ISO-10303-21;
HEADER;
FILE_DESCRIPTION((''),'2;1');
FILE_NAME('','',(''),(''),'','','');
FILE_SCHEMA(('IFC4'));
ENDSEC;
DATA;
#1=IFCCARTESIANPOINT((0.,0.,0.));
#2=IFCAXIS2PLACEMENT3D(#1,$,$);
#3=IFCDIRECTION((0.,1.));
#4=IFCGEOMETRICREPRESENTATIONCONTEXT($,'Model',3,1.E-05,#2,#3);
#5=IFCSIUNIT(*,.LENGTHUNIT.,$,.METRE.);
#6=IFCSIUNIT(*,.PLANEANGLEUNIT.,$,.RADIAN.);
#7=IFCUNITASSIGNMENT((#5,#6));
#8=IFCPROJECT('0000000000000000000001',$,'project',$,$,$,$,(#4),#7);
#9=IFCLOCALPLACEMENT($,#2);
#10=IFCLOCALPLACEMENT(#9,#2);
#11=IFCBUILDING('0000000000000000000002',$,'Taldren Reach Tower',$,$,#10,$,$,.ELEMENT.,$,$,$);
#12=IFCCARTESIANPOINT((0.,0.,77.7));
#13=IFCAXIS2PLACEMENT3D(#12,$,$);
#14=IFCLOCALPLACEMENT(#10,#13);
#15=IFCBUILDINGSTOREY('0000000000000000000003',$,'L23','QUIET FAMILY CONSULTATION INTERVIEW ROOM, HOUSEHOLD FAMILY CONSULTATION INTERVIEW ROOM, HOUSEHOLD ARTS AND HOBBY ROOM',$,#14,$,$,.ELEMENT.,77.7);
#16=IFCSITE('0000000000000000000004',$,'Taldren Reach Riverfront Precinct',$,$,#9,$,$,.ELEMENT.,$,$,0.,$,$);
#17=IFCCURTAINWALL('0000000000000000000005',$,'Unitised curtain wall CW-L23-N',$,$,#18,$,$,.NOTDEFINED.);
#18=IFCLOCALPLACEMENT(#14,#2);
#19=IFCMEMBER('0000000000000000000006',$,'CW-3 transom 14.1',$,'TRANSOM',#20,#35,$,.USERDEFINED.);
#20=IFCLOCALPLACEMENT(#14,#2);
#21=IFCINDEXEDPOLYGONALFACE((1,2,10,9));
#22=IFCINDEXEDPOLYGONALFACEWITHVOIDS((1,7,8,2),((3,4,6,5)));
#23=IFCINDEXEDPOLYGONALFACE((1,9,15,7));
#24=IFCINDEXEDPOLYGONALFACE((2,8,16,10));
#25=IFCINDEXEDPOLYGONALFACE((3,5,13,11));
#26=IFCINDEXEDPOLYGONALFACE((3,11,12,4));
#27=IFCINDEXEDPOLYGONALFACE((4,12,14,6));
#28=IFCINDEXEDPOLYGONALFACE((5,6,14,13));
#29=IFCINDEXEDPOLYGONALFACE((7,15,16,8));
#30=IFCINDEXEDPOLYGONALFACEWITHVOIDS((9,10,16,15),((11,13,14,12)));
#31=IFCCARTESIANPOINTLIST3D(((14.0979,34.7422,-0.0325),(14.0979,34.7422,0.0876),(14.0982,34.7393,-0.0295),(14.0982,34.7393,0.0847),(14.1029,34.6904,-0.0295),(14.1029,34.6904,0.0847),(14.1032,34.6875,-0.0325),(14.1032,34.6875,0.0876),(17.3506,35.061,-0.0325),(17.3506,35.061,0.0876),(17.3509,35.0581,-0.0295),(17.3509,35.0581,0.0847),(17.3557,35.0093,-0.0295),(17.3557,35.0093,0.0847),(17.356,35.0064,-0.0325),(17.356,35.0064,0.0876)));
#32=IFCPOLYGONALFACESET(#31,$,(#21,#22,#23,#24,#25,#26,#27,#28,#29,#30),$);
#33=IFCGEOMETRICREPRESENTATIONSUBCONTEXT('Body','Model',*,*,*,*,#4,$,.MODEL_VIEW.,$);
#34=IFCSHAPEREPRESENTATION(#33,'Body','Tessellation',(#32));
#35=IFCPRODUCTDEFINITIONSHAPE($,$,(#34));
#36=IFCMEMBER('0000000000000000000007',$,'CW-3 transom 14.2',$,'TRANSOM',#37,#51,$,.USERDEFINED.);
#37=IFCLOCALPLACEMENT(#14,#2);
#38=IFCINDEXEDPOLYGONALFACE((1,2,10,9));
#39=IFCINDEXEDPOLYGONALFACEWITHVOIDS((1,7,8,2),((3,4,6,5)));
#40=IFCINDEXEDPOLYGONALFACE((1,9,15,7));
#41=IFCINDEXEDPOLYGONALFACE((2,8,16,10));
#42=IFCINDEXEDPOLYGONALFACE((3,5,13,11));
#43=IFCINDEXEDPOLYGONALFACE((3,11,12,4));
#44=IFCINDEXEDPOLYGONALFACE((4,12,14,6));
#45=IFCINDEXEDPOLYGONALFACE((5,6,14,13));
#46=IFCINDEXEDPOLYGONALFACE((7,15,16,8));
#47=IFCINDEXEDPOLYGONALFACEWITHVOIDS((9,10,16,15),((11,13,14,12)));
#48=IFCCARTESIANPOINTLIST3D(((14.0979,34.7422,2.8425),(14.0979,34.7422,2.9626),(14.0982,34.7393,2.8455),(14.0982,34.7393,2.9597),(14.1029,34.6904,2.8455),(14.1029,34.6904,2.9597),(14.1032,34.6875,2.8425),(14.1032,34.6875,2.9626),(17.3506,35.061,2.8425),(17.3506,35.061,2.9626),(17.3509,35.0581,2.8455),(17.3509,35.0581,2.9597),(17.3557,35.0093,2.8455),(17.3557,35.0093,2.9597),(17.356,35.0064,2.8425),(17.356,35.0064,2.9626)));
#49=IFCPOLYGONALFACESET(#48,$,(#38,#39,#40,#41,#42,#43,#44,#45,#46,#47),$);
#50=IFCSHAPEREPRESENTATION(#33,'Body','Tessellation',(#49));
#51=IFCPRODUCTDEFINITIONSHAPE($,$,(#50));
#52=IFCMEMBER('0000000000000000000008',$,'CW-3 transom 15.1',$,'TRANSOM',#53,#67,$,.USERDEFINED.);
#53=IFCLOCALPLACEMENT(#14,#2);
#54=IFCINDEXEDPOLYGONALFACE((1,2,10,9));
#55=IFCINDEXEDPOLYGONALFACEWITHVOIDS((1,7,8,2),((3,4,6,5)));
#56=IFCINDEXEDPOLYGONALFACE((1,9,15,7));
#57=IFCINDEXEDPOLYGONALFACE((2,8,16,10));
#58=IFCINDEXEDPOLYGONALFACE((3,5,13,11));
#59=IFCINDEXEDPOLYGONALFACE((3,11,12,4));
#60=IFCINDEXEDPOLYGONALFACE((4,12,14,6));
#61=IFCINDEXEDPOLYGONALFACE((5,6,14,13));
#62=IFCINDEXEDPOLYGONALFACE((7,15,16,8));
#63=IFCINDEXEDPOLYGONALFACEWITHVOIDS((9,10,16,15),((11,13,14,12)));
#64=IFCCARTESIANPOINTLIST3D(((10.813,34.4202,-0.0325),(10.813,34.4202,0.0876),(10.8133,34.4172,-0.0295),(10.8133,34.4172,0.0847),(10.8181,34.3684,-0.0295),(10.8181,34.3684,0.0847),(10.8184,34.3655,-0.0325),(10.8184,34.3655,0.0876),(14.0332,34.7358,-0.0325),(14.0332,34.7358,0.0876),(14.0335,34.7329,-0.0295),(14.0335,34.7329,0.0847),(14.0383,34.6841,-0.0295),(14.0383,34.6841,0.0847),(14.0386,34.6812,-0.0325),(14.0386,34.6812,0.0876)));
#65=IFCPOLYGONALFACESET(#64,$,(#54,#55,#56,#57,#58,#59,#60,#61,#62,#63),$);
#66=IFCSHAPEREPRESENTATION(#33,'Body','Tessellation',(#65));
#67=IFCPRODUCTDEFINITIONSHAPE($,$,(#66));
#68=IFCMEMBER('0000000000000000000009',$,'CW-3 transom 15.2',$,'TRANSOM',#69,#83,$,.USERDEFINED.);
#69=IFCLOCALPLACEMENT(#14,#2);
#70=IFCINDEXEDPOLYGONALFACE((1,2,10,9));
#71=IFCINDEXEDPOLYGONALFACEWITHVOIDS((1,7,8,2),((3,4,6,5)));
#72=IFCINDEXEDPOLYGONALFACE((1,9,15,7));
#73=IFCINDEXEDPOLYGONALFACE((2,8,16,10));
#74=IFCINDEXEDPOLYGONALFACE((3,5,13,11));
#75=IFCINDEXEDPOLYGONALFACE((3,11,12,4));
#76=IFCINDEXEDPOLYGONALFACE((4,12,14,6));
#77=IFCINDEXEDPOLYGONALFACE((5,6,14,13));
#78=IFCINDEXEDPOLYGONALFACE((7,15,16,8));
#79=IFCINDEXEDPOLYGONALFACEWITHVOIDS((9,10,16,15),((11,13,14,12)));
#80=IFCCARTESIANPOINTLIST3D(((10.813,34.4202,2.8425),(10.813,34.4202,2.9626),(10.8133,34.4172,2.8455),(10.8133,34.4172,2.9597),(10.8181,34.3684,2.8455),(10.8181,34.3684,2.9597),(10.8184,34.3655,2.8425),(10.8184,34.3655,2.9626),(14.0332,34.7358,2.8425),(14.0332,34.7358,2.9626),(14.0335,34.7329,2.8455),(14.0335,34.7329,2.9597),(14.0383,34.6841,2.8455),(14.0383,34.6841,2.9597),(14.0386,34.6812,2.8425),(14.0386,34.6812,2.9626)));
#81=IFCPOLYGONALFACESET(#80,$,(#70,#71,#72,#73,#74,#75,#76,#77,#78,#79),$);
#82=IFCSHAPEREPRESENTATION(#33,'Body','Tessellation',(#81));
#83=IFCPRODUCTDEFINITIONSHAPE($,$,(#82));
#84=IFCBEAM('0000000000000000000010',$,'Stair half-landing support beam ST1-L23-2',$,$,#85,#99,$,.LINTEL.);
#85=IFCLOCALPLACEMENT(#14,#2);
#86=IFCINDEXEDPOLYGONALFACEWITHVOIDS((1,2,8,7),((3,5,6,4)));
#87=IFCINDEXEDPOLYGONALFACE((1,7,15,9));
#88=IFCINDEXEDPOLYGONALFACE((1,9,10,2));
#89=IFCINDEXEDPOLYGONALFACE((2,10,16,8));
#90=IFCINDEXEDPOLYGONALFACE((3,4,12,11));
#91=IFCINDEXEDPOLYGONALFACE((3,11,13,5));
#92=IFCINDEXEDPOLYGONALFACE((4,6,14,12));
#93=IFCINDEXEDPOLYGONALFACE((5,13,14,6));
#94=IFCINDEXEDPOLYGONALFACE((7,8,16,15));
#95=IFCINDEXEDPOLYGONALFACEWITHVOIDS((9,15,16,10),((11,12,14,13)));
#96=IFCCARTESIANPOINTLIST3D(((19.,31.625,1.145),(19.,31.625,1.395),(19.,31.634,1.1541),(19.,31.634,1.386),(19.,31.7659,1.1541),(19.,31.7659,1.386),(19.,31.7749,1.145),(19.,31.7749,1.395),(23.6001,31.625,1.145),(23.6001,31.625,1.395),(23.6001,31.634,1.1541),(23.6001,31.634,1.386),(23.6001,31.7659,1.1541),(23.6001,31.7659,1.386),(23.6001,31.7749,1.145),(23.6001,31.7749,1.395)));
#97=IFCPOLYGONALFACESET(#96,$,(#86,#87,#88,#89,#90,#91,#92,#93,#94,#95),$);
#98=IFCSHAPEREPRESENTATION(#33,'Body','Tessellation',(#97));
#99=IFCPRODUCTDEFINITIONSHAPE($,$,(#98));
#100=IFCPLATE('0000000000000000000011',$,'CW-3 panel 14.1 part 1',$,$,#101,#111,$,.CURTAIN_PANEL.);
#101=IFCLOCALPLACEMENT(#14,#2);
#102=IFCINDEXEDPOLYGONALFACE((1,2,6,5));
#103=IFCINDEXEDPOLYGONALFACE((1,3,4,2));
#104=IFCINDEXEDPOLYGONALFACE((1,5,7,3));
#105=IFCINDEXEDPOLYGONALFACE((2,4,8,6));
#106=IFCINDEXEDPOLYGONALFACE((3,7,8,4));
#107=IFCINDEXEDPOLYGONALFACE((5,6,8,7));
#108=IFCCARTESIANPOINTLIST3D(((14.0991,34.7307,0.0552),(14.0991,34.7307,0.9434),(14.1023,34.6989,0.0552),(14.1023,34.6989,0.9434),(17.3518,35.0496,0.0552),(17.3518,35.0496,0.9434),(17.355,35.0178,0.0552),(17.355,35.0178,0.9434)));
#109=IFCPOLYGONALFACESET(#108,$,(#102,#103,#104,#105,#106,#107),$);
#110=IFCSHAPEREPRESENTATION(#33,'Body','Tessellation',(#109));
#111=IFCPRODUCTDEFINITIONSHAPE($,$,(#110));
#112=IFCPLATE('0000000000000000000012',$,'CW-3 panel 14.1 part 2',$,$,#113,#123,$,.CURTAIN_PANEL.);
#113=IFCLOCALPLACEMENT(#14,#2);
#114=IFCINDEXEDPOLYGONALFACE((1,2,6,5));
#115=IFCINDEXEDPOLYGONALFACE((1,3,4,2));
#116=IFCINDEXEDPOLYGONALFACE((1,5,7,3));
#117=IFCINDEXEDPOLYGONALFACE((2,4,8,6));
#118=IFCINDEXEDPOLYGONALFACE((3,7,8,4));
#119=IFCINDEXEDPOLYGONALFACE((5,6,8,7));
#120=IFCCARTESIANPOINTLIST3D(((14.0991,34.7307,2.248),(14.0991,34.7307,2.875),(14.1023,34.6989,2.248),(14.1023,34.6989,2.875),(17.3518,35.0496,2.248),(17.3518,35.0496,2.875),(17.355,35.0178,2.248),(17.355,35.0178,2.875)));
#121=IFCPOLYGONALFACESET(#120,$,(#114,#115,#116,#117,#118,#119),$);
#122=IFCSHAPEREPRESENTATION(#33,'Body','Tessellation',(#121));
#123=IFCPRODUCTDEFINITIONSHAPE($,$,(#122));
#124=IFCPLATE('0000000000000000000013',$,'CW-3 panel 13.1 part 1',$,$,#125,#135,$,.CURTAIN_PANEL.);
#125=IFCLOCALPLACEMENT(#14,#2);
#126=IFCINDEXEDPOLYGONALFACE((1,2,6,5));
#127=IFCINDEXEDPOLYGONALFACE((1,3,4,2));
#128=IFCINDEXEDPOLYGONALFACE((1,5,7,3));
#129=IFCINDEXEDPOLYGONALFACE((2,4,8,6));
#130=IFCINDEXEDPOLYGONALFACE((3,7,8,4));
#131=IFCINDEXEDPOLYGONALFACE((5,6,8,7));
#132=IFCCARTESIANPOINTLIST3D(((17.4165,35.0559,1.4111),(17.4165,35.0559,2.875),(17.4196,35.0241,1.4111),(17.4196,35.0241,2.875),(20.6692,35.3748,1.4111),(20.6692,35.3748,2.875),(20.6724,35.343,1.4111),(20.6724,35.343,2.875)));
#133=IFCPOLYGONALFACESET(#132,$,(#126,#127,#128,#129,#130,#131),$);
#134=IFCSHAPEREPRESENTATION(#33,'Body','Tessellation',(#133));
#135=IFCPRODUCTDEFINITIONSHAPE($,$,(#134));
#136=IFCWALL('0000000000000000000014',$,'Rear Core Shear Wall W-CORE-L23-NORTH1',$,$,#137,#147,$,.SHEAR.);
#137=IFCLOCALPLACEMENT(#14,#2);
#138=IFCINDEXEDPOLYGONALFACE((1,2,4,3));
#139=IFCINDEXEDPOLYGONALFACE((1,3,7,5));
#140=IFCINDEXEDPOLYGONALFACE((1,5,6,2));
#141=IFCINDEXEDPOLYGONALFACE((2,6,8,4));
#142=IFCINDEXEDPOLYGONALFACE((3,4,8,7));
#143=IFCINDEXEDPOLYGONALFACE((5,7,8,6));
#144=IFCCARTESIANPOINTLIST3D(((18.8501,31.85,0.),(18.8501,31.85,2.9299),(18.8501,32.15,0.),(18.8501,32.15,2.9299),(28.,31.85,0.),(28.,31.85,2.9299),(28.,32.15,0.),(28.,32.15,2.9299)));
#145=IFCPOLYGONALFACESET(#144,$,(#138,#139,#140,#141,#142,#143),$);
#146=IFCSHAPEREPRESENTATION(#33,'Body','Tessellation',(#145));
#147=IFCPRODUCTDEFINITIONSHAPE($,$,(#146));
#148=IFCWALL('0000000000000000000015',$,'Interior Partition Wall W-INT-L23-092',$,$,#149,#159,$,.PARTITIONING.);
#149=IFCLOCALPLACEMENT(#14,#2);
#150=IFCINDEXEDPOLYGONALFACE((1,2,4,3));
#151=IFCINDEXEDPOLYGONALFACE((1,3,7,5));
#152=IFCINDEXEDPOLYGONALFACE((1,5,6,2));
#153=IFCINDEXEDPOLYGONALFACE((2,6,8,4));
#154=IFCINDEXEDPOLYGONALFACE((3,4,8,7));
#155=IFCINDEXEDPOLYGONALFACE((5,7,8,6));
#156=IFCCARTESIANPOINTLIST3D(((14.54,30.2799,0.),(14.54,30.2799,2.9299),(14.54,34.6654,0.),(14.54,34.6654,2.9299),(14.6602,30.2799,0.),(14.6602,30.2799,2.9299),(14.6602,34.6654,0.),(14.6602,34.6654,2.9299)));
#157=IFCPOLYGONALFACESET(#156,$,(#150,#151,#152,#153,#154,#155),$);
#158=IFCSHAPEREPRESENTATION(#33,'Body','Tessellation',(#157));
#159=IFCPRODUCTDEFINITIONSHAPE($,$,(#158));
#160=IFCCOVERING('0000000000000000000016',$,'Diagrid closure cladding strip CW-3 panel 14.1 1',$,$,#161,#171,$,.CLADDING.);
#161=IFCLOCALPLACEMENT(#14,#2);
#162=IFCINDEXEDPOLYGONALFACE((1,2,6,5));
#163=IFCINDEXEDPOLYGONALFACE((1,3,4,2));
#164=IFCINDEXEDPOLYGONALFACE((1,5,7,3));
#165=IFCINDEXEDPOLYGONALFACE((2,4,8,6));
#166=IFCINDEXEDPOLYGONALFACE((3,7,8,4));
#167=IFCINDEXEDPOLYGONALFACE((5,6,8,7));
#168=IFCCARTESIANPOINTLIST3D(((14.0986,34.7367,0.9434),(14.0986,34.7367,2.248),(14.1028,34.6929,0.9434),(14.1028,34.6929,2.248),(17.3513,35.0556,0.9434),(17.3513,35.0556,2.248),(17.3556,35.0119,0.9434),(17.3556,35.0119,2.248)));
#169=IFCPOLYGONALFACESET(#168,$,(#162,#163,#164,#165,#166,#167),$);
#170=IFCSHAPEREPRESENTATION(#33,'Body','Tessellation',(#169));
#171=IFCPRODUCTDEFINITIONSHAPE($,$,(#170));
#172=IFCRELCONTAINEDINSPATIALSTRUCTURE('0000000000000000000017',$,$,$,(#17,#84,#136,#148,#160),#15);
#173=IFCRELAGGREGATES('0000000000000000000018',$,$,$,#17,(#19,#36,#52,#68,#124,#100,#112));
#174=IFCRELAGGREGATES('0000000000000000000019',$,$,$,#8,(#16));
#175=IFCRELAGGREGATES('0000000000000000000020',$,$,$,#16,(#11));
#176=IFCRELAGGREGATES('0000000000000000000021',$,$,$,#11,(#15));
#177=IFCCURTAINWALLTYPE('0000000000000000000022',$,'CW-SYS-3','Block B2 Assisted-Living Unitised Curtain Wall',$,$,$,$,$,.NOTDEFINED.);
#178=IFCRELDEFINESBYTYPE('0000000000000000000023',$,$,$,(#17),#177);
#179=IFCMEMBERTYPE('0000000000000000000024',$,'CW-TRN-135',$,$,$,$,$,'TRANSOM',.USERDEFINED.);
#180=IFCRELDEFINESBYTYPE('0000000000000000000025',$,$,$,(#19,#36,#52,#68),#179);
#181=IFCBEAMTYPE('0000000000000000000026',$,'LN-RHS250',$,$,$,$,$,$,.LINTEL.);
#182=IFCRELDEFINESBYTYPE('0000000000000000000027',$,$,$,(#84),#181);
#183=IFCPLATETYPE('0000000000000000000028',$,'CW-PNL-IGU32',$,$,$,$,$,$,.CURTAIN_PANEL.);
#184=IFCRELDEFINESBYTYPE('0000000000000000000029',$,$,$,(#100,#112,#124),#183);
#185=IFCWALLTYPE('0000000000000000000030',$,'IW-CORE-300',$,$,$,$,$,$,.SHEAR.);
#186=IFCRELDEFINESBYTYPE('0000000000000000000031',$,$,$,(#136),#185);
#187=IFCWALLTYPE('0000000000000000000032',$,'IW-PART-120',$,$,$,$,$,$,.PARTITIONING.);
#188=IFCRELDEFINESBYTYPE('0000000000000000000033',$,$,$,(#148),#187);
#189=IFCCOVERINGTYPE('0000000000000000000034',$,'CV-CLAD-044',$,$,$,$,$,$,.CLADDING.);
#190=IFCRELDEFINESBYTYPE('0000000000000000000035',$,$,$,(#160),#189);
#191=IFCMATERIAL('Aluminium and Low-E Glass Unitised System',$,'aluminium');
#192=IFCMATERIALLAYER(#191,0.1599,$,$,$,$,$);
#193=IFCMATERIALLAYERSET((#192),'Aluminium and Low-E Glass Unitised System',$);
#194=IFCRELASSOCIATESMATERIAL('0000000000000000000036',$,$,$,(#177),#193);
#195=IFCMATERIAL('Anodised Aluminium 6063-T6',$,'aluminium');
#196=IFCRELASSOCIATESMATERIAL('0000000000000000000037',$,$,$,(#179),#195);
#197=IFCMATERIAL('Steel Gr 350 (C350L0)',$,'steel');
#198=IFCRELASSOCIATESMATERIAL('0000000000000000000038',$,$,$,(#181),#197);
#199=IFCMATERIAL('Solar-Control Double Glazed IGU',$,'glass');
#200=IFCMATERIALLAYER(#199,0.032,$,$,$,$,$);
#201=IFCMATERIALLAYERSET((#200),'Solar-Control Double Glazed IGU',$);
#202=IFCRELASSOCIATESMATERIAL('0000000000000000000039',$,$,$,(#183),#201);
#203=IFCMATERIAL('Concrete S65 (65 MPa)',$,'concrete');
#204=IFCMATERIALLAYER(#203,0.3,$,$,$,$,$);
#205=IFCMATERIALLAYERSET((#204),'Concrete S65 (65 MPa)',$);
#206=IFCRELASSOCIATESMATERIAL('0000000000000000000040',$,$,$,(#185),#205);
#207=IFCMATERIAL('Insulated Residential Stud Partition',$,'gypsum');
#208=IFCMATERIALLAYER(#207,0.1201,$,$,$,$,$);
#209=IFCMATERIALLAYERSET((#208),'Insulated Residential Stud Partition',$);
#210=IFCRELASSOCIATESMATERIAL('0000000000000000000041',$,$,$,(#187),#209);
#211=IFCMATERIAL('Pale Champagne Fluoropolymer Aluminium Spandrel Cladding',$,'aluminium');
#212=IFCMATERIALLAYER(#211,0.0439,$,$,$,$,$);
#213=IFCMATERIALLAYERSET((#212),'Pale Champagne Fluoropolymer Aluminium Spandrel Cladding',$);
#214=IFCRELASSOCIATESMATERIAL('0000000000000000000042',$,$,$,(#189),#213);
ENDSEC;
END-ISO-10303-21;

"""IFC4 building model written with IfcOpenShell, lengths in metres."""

from ifc_helpers import new_model, si_unit, direction, frame, frame_2d, origin, origin_2d, place, context, subcontext, project, spatial, rectangle, hollow_rectangle, extrude, source, transform, mapped, material, layer, layer_set, material_profile, profile_set, type_object, element, aggregate, save


model = new_model("IFC4")

# Units and contexts
model_context = context("Model", 3, precision=1e-05, world=origin(), true_north=direction((0.0, 1.0)))
body_context = subcontext(model_context, "Body", "Model", "MODEL_VIEW")
ifc_project = project(units=[si_unit("LENGTHUNIT", "METRE"), si_unit("PLANEANGLEUNIT", "RADIAN")], contexts=[model_context])

# Site, building, storey
site_placement = place(None, origin())
site = spatial("IfcSite", under=ifc_project, at=site_placement, Name="Taldren Reach Riverfront Precinct", CompositionType="ELEMENT", RefElevation=0.0)
building_placement = place(site_placement, origin())
building = spatial("IfcBuilding", under=site, at=building_placement, Name="Taldren Reach Tower", CompositionType="ELEMENT")
storey_placement = place(building_placement, frame((0.0, 0.0, 77.7)))
storey = spatial("IfcBuildingStorey", under=building, at=storey_placement, Name="L23", Description="QUIET FAMILY CONSULTATION INTERVIEW ROOM, HOUSEHOLD FAMILY CONSULTATION INTERVIEW ROOM, HOUSEHOLD ARTS AND HOBBY ROOM", CompositionType="ELEMENT", Elevation=77.7)

# Shared definitions
ifc_material_1 = material(Name="Concrete S65 (65 MPa)", Category="concrete")

# Curtain wall, members
ifc_material_2 = material(Name="Aluminium and Low-E Glass Unitised System", Category="aluminium")
ifc_layer_1 = layer(ifc_material_2, 0.1599)
ifc_layer_set_1 = layer_set([ifc_layer_1], Name="Aluminium and Low-E Glass Unitised System")
curtain_wall_type = type_object("IfcCurtainWallType", Name="CW-SYS-3", Description="Block B2 Assisted-Living Unitised Curtain Wall", PredefinedType="NOTDEFINED", material=ifc_layer_set_1)
curtain_wall_placement = place(storey_placement, origin())
curtain_wall = element("IfcCurtainWall", 1, at=curtain_wall_placement, inside=storey, type_object=curtain_wall_type, Name="Unitised curtain wall CW-L23-N", PredefinedType="NOTDEFINED")
ifc_material_3 = material(Name="Anodised Aluminium 6063-T6", Category="aluminium")
ifc_material_profile_1 = material_profile(ifc_material_3, hollow_rectangle(XDim=0.0549, YDim=0.1201, WallThickness=0.0029, at=origin_2d()), Name="ALU-120x55x3RHS")
ifc_profile_set_1 = profile_set([ifc_material_profile_1], Name="Anodised Aluminium 6063-T6")
member_type_1 = type_object("IfcMemberType", Name="CW-TRN-135", ElementType="TRANSOM", PredefinedType="USERDEFINED", material=ifc_profile_set_1)
shared_shape_1 = source(origin(), body_context, "Body", "SweptSolid", [
    extrude(hollow_rectangle(XDim=0.0549, YDim=0.1201, WallThickness=0.0029, at=origin_2d()), origin(), (0.0, 0.0, 1.0), 3.2683),
])
member_1_placement = place(storey_placement, frame((17.3533, 35.0337, 0.0276), z_axis=(-0.99523, -0.097558, 0.0), x_axis=(0.097558, -0.99523, 0.0)))
member_1 = element("IfcMember", 2, at=member_1_placement, type_object=member_type_1, Name="CW-3 transom 14.1", ObjectType="TRANSOM", PredefinedType="USERDEFINED", context=body_context, shape_type="MappedRepresentation", body=[
    mapped(shared_shape_1, transform((0.0, 0.0, 0.0), scale=1.0)),
])
member_2_placement = place(storey_placement, frame((17.3533, 35.0337, 2.9026), z_axis=(-0.99523, -0.097558, 0.0), x_axis=(0.097558, -0.99523, 0.0)))
member_2 = element("IfcMember", 3, at=member_2_placement, type_object=member_type_1, Name="CW-3 transom 14.2", ObjectType="TRANSOM", PredefinedType="USERDEFINED", context=body_context, shape_type="MappedRepresentation", body=[
    mapped(shared_shape_1, transform((0.0, 0.0, 0.0), scale=1.0)),
])
shared_shape_2 = source(origin(), body_context, "Body", "SweptSolid", [
    extrude(hollow_rectangle(XDim=0.0549, YDim=0.1201, WallThickness=0.0029, at=origin_2d()), origin(), (0.0, 0.0, 1.0), 3.2356),
])
member_3_placement = place(storey_placement, frame((14.0359, 34.7085, 0.0276), z_axis=(-0.99523, -0.097561, 0.0), x_axis=(0.097561, -0.99523, 0.0)))
member_3 = element("IfcMember", 4, at=member_3_placement, type_object=member_type_1, Name="CW-3 transom 15.1", ObjectType="TRANSOM", PredefinedType="USERDEFINED", context=body_context, shape_type="MappedRepresentation", body=[
    mapped(shared_shape_2, transform((0.0, 0.0, 0.0), scale=1.0)),
])
member_4_placement = place(storey_placement, frame((14.0359, 34.7085, 2.9026), z_axis=(-0.99523, -0.097561, 0.0), x_axis=(0.097561, -0.99523, 0.0)))
member_4 = element("IfcMember", 5, at=member_4_placement, type_object=member_type_1, Name="CW-3 transom 15.2", ObjectType="TRANSOM", PredefinedType="USERDEFINED", context=body_context, shape_type="MappedRepresentation", body=[
    mapped(shared_shape_2, transform((0.0, 0.0, 0.0), scale=1.0)),
])

# Beam
ifc_material_4 = material(Name="Steel Gr 350 (C350L0)", Category="steel")
ifc_material_profile_2 = material_profile(ifc_material_4, hollow_rectangle(XDim=0.1499, YDim=0.25, WallThickness=0.009, at=origin_2d()), Name="250x150x9.0RHS")
ifc_profile_set_2 = profile_set([ifc_material_profile_2], Name="Steel Gr 350 (C350L0)")
beam_type_1 = type_object("IfcBeamType", Name="LN-RHS250", PredefinedType="LINTEL", material=ifc_profile_set_2)
shared_shape_3 = source(origin(), body_context, "Body", "SweptSolid", [
    extrude(hollow_rectangle(XDim=0.1499, YDim=0.25, WallThickness=0.009, at=origin_2d()), origin(), (0.0, 0.0, 1.0), 4.6001),
])
beam_1_placement = place(storey_placement, frame((19.0, 31.7, 1.27), z_axis=(1.0, 0.0, 0.0), x_axis=(0.0, 1.0, 0.0)))
element("IfcBeam", 6, at=beam_1_placement, inside=storey, type_object=beam_type_1, Name="Stair half-landing support beam ST1-L23-2", PredefinedType="LINTEL", context=body_context, shape_type="MappedRepresentation", body=[
    mapped(shared_shape_3, transform((0.0, 0.0, 0.0), scale=1.0)),
])

# Plates
ifc_material_5 = material(Name="Solar-Control Double Glazed IGU", Category="glass")
ifc_layer_2 = layer(ifc_material_5, 0.032)
ifc_layer_set_2 = layer_set([ifc_layer_2], Name="Solar-Control Double Glazed IGU")
plate_type = type_object("IfcPlateType", Name="CW-PNL-IGU32", PredefinedType="CURTAIN_PANEL", material=ifc_layer_set_2)
shared_shape_4 = source(origin(), body_context, "Body", "SweptSolid", [
    extrude(rectangle(XDim=3.2683, YDim=0.032, at=origin_2d()), origin(), (0.0, 0.0, 1.0), 0.8882),
])
plate_1_placement = place(storey_placement, frame((15.7271, 34.8743, 0.0552), z_axis=(0.0, 0.0, 1.0), x_axis=(-0.995227, -0.097583, 0.0)))
plate_1 = element("IfcPlate", 7, at=plate_1_placement, type_object=plate_type, Name="CW-3 panel 14.1 part 1", PredefinedType="CURTAIN_PANEL", context=body_context, shape_type="MappedRepresentation", body=[
    mapped(shared_shape_4, transform((0.0, 0.0, 0.0), scale=1.0)),
])
shared_shape_5 = source(origin(), body_context, "Body", "SweptSolid", [
    extrude(rectangle(XDim=3.2683, YDim=0.032, at=origin_2d()), origin(), (0.0, 0.0, 1.0), 0.627),
])
plate_2_placement = place(storey_placement, frame((15.7271, 34.8743, 2.248), z_axis=(0.0, 0.0, 1.0), x_axis=(-0.995227, -0.097583, 0.0)))
plate_2 = element("IfcPlate", 8, at=plate_2_placement, type_object=plate_type, Name="CW-3 panel 14.1 part 2", PredefinedType="CURTAIN_PANEL", context=body_context, shape_type="MappedRepresentation", body=[
    mapped(shared_shape_5, transform((0.0, 0.0, 0.0), scale=1.0)),
])
shared_shape_6 = source(origin(), body_context, "Body", "SweptSolid", [
    extrude(rectangle(XDim=3.2683, YDim=0.032, at=origin_2d()), origin(), (0.0, 0.0, 1.0), 1.4639),
])
plate_3_placement = place(storey_placement, frame((19.0444, 35.1995, 1.4111), z_axis=(0.0, 0.0, 1.0), x_axis=(-0.995227, -0.097583, 0.0)))
plate_3 = element("IfcPlate", 9, at=plate_3_placement, type_object=plate_type, Name="CW-3 panel 13.1 part 1", PredefinedType="CURTAIN_PANEL", context=body_context, shape_type="MappedRepresentation", body=[
    mapped(shared_shape_6, transform((0.0, 0.0, 0.0), scale=1.0)),
])
aggregate(curtain_wall, [member_1, member_2, member_3, member_4, plate_3, plate_1, plate_2])

# Walls
ifc_layer_3 = layer(ifc_material_1, 0.3)
ifc_layer_set_3 = layer_set([ifc_layer_3], Name="Concrete S65 (65 MPa)")
wall_type_1 = type_object("IfcWallType", Name="IW-CORE-300", PredefinedType="SHEAR", material=ifc_layer_set_3)
shared_shape_7 = source(origin(), body_context, "Body", "SweptSolid", [
    extrude(rectangle(XDim=9.1499, YDim=0.3, at=frame_2d((4.575, 0.0))), origin(), (0.0, 0.0, 1.0), 2.9299),
])
wall_1_placement = place(storey_placement, frame((18.8501, 32.0, 0.0), z_axis=(0.0, 0.0, 1.0), x_axis=(1.0, 0.0, 0.0)))
element("IfcWall", 10, at=wall_1_placement, inside=storey, type_object=wall_type_1, Name="Rear Core Shear Wall W-CORE-L23-NORTH1", PredefinedType="SHEAR", context=body_context, shape_type="MappedRepresentation", body=[
    mapped(shared_shape_7, transform((0.0, 0.0, 0.0), scale=1.0)),
])
ifc_material_6 = material(Name="Insulated Residential Stud Partition", Category="gypsum")
ifc_layer_4 = layer(ifc_material_6, 0.1201)
ifc_layer_set_4 = layer_set([ifc_layer_4], Name="Insulated Residential Stud Partition")
wall_type_2 = type_object("IfcWallType", Name="IW-PART-120", PredefinedType="PARTITIONING", material=ifc_layer_set_4)
shared_shape_8 = source(origin(), body_context, "Body", "SweptSolid", [
    extrude(rectangle(XDim=4.3855, YDim=0.1201, at=frame_2d((2.1929, 0.0))), origin(), (0.0, 0.0, 1.0), 2.9299),
])
wall_2_placement = place(storey_placement, frame((14.6001, 34.6655, 0.0), z_axis=(0.0, 0.0, 1.0), x_axis=(0.0, -1.0, 0.0)))
element("IfcWall", 11, at=wall_2_placement, inside=storey, type_object=wall_type_2, Name="Interior Partition Wall W-INT-L23-092", PredefinedType="PARTITIONING", context=body_context, shape_type="MappedRepresentation", body=[
    mapped(shared_shape_8, transform((0.0, 0.0, 0.0), scale=1.0)),
])

# Covering
ifc_material_7 = material(Name="Pale Champagne Fluoropolymer Aluminium Spandrel Cladding", Category="aluminium")
ifc_layer_5 = layer(ifc_material_7, 0.0439)
ifc_layer_set_5 = layer_set([ifc_layer_5], Name="Pale Champagne Fluoropolymer Aluminium Spandrel Cladding")
covering_type = type_object("IfcCoveringType", Name="CV-CLAD-044", PredefinedType="CLADDING", material=ifc_layer_set_5)
shared_shape_9 = source(origin(), body_context, "Body", "SweptSolid", [
    extrude(rectangle(XDim=3.2683, YDim=0.0439, at=origin_2d()), origin(), (0.0, 0.0, 1.0), 1.3047),
])
covering_1_placement = place(storey_placement, frame((15.7271, 34.8743, 0.9434), z_axis=(0.0, 0.0, 1.0), x_axis=(-0.995227, -0.097583, 0.0)))
element("IfcCovering", 12, at=covering_1_placement, inside=storey, type_object=covering_type, Name="Diagrid closure cladding strip CW-3 panel 14.1 1", PredefinedType="CLADDING", context=body_context, shape_type="MappedRepresentation", body=[
    mapped(shared_shape_9, transform((0.0, 0.0, 0.0), scale=1.0)),
])

save(model, "model.ifc")
